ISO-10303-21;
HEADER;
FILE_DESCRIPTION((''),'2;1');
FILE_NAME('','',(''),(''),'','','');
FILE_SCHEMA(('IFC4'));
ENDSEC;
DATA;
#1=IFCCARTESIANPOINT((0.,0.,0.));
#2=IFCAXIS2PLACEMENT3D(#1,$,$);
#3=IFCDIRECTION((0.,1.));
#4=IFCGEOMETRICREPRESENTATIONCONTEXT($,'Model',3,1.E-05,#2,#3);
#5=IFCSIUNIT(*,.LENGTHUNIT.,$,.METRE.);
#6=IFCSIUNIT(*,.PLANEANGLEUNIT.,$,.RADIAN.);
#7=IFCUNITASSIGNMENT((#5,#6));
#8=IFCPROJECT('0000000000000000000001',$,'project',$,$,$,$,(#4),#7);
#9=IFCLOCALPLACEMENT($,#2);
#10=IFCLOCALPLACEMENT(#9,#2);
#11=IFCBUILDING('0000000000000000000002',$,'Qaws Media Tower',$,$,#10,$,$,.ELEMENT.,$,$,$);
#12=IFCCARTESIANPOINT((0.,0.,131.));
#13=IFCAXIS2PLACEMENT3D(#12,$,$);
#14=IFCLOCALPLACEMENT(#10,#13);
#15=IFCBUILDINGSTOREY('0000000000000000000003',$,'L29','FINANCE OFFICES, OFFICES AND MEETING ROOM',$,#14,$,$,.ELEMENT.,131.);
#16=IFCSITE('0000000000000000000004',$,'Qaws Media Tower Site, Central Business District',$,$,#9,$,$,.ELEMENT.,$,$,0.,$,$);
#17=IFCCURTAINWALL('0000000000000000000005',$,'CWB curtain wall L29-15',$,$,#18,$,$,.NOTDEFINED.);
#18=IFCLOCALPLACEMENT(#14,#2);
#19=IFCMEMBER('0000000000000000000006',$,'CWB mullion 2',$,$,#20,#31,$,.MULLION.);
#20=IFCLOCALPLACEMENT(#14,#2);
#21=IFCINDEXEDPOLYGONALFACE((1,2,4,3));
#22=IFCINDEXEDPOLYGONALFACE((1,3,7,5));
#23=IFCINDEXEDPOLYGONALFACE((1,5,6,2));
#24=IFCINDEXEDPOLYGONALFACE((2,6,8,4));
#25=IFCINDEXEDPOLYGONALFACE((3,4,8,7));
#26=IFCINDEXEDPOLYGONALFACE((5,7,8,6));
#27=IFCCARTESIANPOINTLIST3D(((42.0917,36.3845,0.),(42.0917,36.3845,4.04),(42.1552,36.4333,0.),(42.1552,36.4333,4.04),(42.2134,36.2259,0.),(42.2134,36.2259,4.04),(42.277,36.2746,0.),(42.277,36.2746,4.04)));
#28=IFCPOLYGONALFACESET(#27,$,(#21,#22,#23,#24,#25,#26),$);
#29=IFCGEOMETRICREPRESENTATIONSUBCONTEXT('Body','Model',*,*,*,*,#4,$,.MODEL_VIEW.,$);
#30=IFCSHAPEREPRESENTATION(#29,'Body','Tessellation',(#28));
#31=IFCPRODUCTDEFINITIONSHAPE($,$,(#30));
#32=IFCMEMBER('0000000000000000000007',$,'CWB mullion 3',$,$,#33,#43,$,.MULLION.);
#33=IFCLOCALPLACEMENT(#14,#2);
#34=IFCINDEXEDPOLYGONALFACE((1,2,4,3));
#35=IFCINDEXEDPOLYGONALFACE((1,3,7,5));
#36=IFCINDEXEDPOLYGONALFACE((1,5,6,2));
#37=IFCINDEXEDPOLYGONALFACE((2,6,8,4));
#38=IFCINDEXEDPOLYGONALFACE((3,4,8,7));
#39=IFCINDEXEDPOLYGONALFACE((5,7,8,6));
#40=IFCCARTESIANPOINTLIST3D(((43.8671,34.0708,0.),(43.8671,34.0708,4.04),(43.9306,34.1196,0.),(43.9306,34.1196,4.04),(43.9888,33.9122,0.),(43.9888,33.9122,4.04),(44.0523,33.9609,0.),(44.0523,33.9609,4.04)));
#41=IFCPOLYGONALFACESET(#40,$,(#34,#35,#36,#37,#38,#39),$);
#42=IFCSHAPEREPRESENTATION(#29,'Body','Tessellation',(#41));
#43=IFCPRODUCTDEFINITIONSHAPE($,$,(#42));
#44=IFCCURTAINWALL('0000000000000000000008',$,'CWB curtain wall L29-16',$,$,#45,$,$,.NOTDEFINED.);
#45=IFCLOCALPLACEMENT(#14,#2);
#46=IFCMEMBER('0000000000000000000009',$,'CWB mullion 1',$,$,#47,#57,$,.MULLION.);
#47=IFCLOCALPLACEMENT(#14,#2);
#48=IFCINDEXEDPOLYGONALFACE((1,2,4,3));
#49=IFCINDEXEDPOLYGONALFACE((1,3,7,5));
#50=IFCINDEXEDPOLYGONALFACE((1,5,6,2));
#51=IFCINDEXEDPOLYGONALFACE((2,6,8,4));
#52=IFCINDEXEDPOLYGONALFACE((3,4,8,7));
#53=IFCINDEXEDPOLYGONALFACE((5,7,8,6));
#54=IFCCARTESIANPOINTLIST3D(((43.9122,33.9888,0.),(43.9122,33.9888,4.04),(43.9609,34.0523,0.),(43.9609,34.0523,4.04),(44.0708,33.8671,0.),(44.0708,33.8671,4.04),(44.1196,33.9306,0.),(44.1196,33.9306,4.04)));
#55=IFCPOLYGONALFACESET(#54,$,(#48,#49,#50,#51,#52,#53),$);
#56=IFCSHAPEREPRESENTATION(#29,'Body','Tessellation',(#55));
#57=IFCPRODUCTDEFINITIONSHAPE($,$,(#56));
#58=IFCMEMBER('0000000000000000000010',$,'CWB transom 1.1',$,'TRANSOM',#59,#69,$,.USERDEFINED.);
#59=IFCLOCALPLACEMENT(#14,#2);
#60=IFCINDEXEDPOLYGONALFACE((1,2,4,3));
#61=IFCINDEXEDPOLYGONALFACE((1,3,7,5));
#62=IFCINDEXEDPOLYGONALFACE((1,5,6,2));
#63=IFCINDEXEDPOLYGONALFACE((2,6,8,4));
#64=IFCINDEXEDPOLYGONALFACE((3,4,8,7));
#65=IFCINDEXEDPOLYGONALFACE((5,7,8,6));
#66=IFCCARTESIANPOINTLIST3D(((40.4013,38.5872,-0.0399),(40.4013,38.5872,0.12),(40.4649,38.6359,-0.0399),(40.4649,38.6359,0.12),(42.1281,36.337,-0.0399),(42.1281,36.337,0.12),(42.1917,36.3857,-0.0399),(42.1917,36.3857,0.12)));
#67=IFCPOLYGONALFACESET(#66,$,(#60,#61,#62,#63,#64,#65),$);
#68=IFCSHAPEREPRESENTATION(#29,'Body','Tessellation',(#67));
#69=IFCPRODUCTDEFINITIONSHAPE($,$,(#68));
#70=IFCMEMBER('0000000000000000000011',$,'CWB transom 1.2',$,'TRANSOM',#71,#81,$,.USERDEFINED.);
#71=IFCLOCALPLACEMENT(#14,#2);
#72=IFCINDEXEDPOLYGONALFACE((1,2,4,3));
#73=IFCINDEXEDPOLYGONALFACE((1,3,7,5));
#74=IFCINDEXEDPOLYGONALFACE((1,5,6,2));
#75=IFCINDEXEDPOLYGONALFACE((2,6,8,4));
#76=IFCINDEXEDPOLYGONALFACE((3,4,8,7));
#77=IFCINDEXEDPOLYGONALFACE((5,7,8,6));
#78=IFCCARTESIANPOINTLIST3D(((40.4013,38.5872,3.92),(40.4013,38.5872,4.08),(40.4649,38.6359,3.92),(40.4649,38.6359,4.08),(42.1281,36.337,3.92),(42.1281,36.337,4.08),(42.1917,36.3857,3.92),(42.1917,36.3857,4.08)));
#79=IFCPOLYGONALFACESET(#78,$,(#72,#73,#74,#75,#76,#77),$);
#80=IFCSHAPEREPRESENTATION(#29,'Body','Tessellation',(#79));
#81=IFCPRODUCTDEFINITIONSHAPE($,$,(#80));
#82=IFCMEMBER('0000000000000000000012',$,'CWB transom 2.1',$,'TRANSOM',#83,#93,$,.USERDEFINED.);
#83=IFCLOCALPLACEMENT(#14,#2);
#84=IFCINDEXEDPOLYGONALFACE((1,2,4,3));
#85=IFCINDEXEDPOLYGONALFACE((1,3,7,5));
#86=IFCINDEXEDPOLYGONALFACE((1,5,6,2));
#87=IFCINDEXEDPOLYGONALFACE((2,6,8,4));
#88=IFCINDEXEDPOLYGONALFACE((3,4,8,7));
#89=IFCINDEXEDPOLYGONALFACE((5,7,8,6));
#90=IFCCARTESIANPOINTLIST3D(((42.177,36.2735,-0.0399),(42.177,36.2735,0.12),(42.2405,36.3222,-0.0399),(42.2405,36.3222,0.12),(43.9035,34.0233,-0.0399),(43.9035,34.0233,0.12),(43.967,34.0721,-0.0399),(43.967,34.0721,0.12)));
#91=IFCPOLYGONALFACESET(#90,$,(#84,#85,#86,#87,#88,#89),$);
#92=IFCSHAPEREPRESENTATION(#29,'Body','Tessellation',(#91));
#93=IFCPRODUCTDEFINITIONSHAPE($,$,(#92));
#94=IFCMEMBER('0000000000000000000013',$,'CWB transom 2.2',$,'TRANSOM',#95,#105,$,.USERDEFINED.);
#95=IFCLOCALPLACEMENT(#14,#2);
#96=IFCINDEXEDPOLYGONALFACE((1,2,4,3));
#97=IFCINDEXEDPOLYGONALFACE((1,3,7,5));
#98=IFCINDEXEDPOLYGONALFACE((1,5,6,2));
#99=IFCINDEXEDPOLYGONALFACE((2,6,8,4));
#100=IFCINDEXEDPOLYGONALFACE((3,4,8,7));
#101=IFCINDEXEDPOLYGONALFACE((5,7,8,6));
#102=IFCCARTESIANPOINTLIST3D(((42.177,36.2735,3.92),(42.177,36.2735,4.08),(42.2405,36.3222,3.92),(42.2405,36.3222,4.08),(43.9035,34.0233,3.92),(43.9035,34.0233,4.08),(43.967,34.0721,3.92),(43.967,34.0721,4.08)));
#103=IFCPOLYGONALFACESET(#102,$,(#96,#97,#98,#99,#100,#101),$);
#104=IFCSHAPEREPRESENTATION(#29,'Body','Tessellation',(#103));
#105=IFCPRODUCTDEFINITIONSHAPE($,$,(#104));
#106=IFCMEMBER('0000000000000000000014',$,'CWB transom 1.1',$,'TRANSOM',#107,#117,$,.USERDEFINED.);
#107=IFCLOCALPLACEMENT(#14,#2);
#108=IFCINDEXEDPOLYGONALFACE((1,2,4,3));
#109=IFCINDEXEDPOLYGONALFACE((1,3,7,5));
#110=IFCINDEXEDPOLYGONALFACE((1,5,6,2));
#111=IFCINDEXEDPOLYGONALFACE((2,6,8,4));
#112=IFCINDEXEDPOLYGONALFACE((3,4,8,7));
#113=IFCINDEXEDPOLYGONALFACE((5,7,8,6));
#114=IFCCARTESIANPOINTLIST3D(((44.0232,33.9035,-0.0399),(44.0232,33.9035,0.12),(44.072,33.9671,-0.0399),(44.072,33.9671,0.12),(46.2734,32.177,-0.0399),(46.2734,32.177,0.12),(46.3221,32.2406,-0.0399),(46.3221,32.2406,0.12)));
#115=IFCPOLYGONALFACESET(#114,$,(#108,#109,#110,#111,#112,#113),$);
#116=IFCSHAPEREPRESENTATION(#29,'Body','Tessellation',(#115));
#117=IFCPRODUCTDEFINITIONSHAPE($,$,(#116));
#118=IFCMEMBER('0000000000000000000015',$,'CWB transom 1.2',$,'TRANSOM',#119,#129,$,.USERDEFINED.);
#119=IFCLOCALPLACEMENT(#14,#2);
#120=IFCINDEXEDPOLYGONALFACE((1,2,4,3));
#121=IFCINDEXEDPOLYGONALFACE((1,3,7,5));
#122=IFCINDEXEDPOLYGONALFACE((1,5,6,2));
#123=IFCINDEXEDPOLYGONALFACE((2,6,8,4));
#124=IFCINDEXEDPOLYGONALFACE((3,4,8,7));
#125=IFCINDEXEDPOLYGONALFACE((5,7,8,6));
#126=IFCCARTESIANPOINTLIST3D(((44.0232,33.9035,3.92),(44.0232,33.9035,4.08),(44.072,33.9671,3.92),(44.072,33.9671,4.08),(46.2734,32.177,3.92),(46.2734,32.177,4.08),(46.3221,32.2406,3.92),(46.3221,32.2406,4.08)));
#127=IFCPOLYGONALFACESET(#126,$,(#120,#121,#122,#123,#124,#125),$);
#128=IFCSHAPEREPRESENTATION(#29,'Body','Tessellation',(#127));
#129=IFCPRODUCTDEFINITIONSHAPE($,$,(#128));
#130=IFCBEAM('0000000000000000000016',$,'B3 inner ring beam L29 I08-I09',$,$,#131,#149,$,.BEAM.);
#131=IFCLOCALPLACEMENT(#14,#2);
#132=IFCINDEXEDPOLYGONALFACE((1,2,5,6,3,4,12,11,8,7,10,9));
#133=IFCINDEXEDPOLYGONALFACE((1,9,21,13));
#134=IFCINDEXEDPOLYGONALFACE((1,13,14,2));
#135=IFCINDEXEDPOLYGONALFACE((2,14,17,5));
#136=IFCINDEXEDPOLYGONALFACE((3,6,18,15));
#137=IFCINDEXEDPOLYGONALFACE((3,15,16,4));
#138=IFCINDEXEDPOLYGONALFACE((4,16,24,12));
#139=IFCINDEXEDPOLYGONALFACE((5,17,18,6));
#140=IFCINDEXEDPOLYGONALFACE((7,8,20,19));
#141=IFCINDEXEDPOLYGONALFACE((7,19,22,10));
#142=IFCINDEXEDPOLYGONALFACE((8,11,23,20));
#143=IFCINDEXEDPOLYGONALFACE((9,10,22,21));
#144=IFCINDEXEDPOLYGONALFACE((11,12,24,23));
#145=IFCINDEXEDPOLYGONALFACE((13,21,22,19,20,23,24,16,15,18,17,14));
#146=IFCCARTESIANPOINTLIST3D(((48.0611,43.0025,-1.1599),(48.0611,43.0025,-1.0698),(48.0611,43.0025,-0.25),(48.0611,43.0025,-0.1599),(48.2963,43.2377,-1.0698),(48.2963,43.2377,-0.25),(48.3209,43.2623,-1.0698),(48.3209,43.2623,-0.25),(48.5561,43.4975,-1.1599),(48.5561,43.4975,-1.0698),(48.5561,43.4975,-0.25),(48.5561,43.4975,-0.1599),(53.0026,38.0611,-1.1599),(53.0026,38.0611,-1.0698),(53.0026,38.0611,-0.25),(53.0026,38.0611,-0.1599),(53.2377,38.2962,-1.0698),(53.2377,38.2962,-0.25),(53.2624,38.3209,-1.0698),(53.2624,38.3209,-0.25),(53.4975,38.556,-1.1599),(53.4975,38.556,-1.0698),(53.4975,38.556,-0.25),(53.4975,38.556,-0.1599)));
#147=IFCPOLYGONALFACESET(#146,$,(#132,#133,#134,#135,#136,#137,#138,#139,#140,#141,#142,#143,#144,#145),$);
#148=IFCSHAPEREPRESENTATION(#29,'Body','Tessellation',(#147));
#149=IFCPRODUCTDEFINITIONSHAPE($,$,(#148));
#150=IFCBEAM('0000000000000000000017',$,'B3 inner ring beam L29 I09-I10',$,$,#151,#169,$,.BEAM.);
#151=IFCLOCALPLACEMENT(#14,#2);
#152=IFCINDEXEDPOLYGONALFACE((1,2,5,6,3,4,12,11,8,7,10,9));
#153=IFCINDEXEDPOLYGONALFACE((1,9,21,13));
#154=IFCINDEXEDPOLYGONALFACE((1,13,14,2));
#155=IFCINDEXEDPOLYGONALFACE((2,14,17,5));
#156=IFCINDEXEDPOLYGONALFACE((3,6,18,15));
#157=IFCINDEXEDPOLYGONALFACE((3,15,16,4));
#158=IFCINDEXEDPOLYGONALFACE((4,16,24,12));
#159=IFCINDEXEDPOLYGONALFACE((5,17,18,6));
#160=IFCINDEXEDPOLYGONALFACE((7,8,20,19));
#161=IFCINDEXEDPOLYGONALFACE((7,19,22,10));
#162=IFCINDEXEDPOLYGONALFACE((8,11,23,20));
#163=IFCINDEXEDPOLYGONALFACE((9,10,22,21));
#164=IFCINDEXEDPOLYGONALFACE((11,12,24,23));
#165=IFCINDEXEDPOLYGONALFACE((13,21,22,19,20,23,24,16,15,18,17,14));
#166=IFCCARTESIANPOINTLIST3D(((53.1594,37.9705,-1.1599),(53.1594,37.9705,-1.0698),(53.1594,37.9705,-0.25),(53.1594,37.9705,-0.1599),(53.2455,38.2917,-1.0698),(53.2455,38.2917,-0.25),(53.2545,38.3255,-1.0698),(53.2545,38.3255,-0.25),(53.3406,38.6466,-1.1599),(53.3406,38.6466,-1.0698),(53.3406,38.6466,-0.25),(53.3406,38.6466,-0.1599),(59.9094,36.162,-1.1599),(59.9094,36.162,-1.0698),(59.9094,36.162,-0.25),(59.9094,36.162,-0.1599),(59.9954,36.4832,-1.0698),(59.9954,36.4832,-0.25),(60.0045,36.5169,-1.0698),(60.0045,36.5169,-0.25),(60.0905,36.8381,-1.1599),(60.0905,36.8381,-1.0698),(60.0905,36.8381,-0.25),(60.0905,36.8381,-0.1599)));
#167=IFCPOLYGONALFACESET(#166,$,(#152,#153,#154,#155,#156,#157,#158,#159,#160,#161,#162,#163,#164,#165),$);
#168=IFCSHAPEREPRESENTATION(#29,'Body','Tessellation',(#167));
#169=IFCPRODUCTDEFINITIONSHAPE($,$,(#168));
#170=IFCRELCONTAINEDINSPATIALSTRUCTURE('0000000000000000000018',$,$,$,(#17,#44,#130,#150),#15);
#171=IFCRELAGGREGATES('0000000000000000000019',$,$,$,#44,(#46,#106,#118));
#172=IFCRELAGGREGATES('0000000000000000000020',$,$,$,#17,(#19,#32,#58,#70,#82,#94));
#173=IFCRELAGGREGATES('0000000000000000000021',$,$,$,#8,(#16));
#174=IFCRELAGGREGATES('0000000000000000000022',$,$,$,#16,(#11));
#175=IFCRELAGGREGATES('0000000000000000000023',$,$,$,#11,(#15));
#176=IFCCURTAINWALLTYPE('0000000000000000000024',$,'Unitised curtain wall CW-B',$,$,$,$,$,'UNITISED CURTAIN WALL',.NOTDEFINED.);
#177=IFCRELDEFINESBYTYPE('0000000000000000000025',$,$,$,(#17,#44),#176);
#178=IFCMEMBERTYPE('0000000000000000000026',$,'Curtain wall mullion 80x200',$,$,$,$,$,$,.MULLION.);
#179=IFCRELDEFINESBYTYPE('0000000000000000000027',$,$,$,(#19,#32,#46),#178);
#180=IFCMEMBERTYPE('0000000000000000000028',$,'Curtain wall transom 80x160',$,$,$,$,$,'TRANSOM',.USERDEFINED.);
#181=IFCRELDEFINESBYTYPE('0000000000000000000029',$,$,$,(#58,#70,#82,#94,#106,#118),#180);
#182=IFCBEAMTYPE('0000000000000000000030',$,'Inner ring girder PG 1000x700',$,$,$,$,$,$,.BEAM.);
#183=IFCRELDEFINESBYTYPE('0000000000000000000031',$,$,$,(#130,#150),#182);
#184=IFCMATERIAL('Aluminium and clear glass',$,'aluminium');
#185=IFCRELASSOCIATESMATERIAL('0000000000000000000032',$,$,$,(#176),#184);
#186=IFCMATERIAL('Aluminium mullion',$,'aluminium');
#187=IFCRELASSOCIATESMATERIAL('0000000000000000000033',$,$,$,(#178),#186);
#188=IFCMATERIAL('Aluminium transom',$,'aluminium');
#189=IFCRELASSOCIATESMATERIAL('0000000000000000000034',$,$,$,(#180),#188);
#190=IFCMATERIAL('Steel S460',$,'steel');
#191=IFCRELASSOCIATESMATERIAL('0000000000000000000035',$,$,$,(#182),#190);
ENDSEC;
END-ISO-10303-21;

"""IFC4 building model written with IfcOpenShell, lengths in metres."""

from ifc_helpers import new_model, si_unit, direction, frame, origin, origin_2d, place, context, subcontext, project, spatial, rectangle, i_section, extrude, material, material_profile, profile_set, type_object, element, aggregate, save


model = new_model("IFC4")

# Units and contexts
model_context = context("Model", 3, precision=1e-05, world=origin(), true_north=direction((0.0, 1.0)))
body_context = subcontext(model_context, "Body", "Model", "MODEL_VIEW")
ifc_project = project(units=[si_unit("LENGTHUNIT", "METRE"), si_unit("PLANEANGLEUNIT", "RADIAN")], contexts=[model_context])

# Site, building, storey
site_placement = place(None, origin())
site = spatial("IfcSite", under=ifc_project, at=site_placement, Name="Qaws Media Tower Site, Central Business District", CompositionType="ELEMENT", RefElevation=0.0)
building_placement = place(site_placement, origin())
building = spatial("IfcBuilding", under=site, at=building_placement, Name="Qaws Media Tower", CompositionType="ELEMENT")
storey_placement = place(building_placement, frame((0.0, 0.0, 131.0)))
storey = spatial("IfcBuildingStorey", under=building, at=storey_placement, Name="L29", Description="FINANCE OFFICES, OFFICES AND MEETING ROOM", CompositionType="ELEMENT", Elevation=131.0)

# Shared definitions
ifc_material_1 = material(Name="Aluminium and clear glass", Category="aluminium")
curtain_wall_type = type_object("IfcCurtainWallType", Name="Unitised curtain wall CW-B", ElementType="UNITISED CURTAIN WALL", PredefinedType="NOTDEFINED", material=ifc_material_1)
ifc_material_2 = material(Name="Aluminium mullion", Category="aluminium")
ifc_material_profile_1 = material_profile(ifc_material_2, rectangle(XDim=0.0801, YDim=0.2, at=origin_2d()), Name="80x200")
ifc_profile_set_1 = profile_set([ifc_material_profile_1], Name="Aluminium mullion")
member_type_1 = type_object("IfcMemberType", Name="Curtain wall mullion 80x200", PredefinedType="MULLION", material=ifc_profile_set_1)

# Curtain wall, members
curtain_wall_1_placement = place(storey_placement, origin())
curtain_wall_1 = element("IfcCurtainWall", 1, at=curtain_wall_1_placement, inside=storey, type_object=curtain_wall_type, Name="CWB curtain wall L29-15", PredefinedType="NOTDEFINED")
member_1_placement = place(storey_placement, frame((42.1843, 36.3296, 0.0), z_axis=(0.0, 0.0, 1.0), x_axis=(0.793353, 0.608761, 0.0)))
member_1 = element("IfcMember", 2, at=member_1_placement, type_object=member_type_1, Name="CWB mullion 2", PredefinedType="MULLION", context=body_context, shape_type="SweptSolid", body=[
    extrude(rectangle(XDim=0.0801, YDim=0.2, at=origin_2d()), origin(), (0.0, 0.0, 1.0), 4.04),
])
member_2_placement = place(storey_placement, frame((43.9597, 34.0159, 0.0), z_axis=(0.0, 0.0, 1.0), x_axis=(0.793353, 0.608761, 0.0)))
member_2 = element("IfcMember", 3, at=member_2_placement, type_object=member_type_1, Name="CWB mullion 3", PredefinedType="MULLION", context=body_context, shape_type="SweptSolid", body=[
    extrude(rectangle(XDim=0.0801, YDim=0.2, at=origin_2d()), origin(), (0.0, 0.0, 1.0), 4.04),
])

# Curtain wall, member
curtain_wall_2_placement = place(storey_placement, origin())
curtain_wall_2 = element("IfcCurtainWall", 4, at=curtain_wall_2_placement, inside=storey, type_object=curtain_wall_type, Name="CWB curtain wall L29-16", PredefinedType="NOTDEFINED")
member_3_placement = place(storey_placement, frame((44.0159, 33.9597, 0.0), z_axis=(0.0, 0.0, 1.0), x_axis=(0.608761, 0.793353, 0.0)))
member_3 = element("IfcMember", 5, at=member_3_placement, type_object=member_type_1, Name="CWB mullion 1", PredefinedType="MULLION", context=body_context, shape_type="SweptSolid", body=[
    extrude(rectangle(XDim=0.0801, YDim=0.2, at=origin_2d()), origin(), (0.0, 0.0, 1.0), 4.04),
])

# Members
ifc_material_3 = material(Name="Aluminium transom", Category="aluminium")
ifc_material_profile_2 = material_profile(ifc_material_3, rectangle(XDim=0.0801, YDim=0.1599, at=origin_2d()), Name="80x160")
ifc_profile_set_2 = profile_set([ifc_material_profile_2], Name="Aluminium transom")
member_type_2 = type_object("IfcMemberType", Name="Curtain wall transom 80x160", ElementType="TRANSOM", PredefinedType="USERDEFINED", material=ifc_profile_set_2)
member_4_placement = place(storey_placement, frame((40.4331, 38.6116, 0.04), z_axis=(0.608791, -0.793331, 0.0), x_axis=(0.793331, 0.608791, 0.0)))
member_4 = element("IfcMember", 6, at=member_4_placement, type_object=member_type_2, Name="CWB transom 1.1", ObjectType="TRANSOM", PredefinedType="USERDEFINED", context=body_context, shape_type="SweptSolid", body=[
    extrude(rectangle(XDim=0.0801, YDim=0.1599, at=origin_2d()), origin(), (0.0, 0.0, 1.0), 2.8364),
])
member_5_placement = place(storey_placement, frame((40.4331, 38.6116, 4.0), z_axis=(0.608791, -0.793331, 0.0), x_axis=(0.793331, 0.608791, 0.0)))
member_5 = element("IfcMember", 7, at=member_5_placement, type_object=member_type_2, Name="CWB transom 1.2", ObjectType="TRANSOM", PredefinedType="USERDEFINED", context=body_context, shape_type="SweptSolid", body=[
    extrude(rectangle(XDim=0.0801, YDim=0.1599, at=origin_2d()), origin(), (0.0, 0.0, 1.0), 2.8364),
])
member_6_placement = place(storey_placement, frame((42.2087, 36.2979, 0.04), z_axis=(0.608737, -0.793372, 0.0), x_axis=(0.793372, 0.608737, 0.0)))
member_6 = element("IfcMember", 8, at=member_6_placement, type_object=member_type_2, Name="CWB transom 2.1", ObjectType="TRANSOM", PredefinedType="USERDEFINED", context=body_context, shape_type="SweptSolid", body=[
    extrude(rectangle(XDim=0.0801, YDim=0.1599, at=origin_2d()), origin(), (0.0, 0.0, 1.0), 2.8362),
])
member_7_placement = place(storey_placement, frame((42.2087, 36.2979, 4.0), z_axis=(0.608737, -0.793372, 0.0), x_axis=(0.793372, 0.608737, 0.0)))
member_7 = element("IfcMember", 9, at=member_7_placement, type_object=member_type_2, Name="CWB transom 2.2", ObjectType="TRANSOM", PredefinedType="USERDEFINED", context=body_context, shape_type="SweptSolid", body=[
    extrude(rectangle(XDim=0.0801, YDim=0.1599, at=origin_2d()), origin(), (0.0, 0.0, 1.0), 2.8362),
])
member_8_placement = place(storey_placement, frame((44.0476, 33.9353, 0.04), z_axis=(0.793372, -0.608737, 0.0), x_axis=(0.608737, 0.793372, 0.0)))
member_8 = element("IfcMember", 10, at=member_8_placement, type_object=member_type_2, Name="CWB transom 1.1", ObjectType="TRANSOM", PredefinedType="USERDEFINED", context=body_context, shape_type="SweptSolid", body=[
    extrude(rectangle(XDim=0.0801, YDim=0.1599, at=origin_2d()), origin(), (0.0, 0.0, 1.0), 2.8362),
])
member_9_placement = place(storey_placement, frame((44.0476, 33.9353, 4.0), z_axis=(0.793372, -0.608737, 0.0), x_axis=(0.608737, 0.793372, 0.0)))
member_9 = element("IfcMember", 11, at=member_9_placement, type_object=member_type_2, Name="CWB transom 1.2", ObjectType="TRANSOM", PredefinedType="USERDEFINED", context=body_context, shape_type="SweptSolid", body=[
    extrude(rectangle(XDim=0.0801, YDim=0.1599, at=origin_2d()), origin(), (0.0, 0.0, 1.0), 2.8362),
])
aggregate(curtain_wall_2, [member_3, member_8, member_9])

# Beams
ifc_material_4 = material(Name="Steel S460", Category="steel")
ifc_material_profile_3 = material_profile(ifc_material_4, i_section(OverallWidth=0.7, OverallDepth=1.0, WebThickness=0.0349, FlangeThickness=0.0901, at=origin_2d()), Name="PG 1000x700")
ifc_profile_set_3 = profile_set([ifc_material_profile_3], Name="Steel S460")
beam_type_1 = type_object("IfcBeamType", Name="Inner ring girder PG 1000x700", PredefinedType="BEAM", material=ifc_profile_set_3)
beam_1_placement = place(storey_placement, frame((48.3086, 43.25, -0.6599), z_axis=(0.707107, -0.707107, 0.0), x_axis=(0.707107, 0.707107, 0.0)))
element("IfcBeam", 12, at=beam_1_placement, inside=storey, type_object=beam_type_1, Name="B3 inner ring beam L29 I08-I09", PredefinedType="BEAM", context=body_context, shape_type="SweptSolid", body=[
    extrude(i_section(OverallWidth=0.7, OverallDepth=1.0, WebThickness=0.0349, FlangeThickness=0.0901, at=origin_2d()), origin(), (0.0, 0.0, 1.0), 6.9883),
])
beam_2_placement = place(storey_placement, frame((53.25, 38.3086, -0.6599), z_axis=(0.965928, -0.258811, 0.0), x_axis=(0.258811, 0.965928, 0.0)))
element("IfcBeam", 13, at=beam_2_placement, inside=storey, type_object=beam_type_1, Name="B3 inner ring beam L29 I09-I10", PredefinedType="BEAM", context=body_context, shape_type="SweptSolid", body=[
    extrude(i_section(OverallWidth=0.7, OverallDepth=1.0, WebThickness=0.0349, FlangeThickness=0.0901, at=origin_2d()), origin(), (0.0, 0.0, 1.0), 6.988),
])

aggregate(curtain_wall_1, [member_1, member_2, member_4, member_5, member_6, member_7])

save(model, "model.ifc")
